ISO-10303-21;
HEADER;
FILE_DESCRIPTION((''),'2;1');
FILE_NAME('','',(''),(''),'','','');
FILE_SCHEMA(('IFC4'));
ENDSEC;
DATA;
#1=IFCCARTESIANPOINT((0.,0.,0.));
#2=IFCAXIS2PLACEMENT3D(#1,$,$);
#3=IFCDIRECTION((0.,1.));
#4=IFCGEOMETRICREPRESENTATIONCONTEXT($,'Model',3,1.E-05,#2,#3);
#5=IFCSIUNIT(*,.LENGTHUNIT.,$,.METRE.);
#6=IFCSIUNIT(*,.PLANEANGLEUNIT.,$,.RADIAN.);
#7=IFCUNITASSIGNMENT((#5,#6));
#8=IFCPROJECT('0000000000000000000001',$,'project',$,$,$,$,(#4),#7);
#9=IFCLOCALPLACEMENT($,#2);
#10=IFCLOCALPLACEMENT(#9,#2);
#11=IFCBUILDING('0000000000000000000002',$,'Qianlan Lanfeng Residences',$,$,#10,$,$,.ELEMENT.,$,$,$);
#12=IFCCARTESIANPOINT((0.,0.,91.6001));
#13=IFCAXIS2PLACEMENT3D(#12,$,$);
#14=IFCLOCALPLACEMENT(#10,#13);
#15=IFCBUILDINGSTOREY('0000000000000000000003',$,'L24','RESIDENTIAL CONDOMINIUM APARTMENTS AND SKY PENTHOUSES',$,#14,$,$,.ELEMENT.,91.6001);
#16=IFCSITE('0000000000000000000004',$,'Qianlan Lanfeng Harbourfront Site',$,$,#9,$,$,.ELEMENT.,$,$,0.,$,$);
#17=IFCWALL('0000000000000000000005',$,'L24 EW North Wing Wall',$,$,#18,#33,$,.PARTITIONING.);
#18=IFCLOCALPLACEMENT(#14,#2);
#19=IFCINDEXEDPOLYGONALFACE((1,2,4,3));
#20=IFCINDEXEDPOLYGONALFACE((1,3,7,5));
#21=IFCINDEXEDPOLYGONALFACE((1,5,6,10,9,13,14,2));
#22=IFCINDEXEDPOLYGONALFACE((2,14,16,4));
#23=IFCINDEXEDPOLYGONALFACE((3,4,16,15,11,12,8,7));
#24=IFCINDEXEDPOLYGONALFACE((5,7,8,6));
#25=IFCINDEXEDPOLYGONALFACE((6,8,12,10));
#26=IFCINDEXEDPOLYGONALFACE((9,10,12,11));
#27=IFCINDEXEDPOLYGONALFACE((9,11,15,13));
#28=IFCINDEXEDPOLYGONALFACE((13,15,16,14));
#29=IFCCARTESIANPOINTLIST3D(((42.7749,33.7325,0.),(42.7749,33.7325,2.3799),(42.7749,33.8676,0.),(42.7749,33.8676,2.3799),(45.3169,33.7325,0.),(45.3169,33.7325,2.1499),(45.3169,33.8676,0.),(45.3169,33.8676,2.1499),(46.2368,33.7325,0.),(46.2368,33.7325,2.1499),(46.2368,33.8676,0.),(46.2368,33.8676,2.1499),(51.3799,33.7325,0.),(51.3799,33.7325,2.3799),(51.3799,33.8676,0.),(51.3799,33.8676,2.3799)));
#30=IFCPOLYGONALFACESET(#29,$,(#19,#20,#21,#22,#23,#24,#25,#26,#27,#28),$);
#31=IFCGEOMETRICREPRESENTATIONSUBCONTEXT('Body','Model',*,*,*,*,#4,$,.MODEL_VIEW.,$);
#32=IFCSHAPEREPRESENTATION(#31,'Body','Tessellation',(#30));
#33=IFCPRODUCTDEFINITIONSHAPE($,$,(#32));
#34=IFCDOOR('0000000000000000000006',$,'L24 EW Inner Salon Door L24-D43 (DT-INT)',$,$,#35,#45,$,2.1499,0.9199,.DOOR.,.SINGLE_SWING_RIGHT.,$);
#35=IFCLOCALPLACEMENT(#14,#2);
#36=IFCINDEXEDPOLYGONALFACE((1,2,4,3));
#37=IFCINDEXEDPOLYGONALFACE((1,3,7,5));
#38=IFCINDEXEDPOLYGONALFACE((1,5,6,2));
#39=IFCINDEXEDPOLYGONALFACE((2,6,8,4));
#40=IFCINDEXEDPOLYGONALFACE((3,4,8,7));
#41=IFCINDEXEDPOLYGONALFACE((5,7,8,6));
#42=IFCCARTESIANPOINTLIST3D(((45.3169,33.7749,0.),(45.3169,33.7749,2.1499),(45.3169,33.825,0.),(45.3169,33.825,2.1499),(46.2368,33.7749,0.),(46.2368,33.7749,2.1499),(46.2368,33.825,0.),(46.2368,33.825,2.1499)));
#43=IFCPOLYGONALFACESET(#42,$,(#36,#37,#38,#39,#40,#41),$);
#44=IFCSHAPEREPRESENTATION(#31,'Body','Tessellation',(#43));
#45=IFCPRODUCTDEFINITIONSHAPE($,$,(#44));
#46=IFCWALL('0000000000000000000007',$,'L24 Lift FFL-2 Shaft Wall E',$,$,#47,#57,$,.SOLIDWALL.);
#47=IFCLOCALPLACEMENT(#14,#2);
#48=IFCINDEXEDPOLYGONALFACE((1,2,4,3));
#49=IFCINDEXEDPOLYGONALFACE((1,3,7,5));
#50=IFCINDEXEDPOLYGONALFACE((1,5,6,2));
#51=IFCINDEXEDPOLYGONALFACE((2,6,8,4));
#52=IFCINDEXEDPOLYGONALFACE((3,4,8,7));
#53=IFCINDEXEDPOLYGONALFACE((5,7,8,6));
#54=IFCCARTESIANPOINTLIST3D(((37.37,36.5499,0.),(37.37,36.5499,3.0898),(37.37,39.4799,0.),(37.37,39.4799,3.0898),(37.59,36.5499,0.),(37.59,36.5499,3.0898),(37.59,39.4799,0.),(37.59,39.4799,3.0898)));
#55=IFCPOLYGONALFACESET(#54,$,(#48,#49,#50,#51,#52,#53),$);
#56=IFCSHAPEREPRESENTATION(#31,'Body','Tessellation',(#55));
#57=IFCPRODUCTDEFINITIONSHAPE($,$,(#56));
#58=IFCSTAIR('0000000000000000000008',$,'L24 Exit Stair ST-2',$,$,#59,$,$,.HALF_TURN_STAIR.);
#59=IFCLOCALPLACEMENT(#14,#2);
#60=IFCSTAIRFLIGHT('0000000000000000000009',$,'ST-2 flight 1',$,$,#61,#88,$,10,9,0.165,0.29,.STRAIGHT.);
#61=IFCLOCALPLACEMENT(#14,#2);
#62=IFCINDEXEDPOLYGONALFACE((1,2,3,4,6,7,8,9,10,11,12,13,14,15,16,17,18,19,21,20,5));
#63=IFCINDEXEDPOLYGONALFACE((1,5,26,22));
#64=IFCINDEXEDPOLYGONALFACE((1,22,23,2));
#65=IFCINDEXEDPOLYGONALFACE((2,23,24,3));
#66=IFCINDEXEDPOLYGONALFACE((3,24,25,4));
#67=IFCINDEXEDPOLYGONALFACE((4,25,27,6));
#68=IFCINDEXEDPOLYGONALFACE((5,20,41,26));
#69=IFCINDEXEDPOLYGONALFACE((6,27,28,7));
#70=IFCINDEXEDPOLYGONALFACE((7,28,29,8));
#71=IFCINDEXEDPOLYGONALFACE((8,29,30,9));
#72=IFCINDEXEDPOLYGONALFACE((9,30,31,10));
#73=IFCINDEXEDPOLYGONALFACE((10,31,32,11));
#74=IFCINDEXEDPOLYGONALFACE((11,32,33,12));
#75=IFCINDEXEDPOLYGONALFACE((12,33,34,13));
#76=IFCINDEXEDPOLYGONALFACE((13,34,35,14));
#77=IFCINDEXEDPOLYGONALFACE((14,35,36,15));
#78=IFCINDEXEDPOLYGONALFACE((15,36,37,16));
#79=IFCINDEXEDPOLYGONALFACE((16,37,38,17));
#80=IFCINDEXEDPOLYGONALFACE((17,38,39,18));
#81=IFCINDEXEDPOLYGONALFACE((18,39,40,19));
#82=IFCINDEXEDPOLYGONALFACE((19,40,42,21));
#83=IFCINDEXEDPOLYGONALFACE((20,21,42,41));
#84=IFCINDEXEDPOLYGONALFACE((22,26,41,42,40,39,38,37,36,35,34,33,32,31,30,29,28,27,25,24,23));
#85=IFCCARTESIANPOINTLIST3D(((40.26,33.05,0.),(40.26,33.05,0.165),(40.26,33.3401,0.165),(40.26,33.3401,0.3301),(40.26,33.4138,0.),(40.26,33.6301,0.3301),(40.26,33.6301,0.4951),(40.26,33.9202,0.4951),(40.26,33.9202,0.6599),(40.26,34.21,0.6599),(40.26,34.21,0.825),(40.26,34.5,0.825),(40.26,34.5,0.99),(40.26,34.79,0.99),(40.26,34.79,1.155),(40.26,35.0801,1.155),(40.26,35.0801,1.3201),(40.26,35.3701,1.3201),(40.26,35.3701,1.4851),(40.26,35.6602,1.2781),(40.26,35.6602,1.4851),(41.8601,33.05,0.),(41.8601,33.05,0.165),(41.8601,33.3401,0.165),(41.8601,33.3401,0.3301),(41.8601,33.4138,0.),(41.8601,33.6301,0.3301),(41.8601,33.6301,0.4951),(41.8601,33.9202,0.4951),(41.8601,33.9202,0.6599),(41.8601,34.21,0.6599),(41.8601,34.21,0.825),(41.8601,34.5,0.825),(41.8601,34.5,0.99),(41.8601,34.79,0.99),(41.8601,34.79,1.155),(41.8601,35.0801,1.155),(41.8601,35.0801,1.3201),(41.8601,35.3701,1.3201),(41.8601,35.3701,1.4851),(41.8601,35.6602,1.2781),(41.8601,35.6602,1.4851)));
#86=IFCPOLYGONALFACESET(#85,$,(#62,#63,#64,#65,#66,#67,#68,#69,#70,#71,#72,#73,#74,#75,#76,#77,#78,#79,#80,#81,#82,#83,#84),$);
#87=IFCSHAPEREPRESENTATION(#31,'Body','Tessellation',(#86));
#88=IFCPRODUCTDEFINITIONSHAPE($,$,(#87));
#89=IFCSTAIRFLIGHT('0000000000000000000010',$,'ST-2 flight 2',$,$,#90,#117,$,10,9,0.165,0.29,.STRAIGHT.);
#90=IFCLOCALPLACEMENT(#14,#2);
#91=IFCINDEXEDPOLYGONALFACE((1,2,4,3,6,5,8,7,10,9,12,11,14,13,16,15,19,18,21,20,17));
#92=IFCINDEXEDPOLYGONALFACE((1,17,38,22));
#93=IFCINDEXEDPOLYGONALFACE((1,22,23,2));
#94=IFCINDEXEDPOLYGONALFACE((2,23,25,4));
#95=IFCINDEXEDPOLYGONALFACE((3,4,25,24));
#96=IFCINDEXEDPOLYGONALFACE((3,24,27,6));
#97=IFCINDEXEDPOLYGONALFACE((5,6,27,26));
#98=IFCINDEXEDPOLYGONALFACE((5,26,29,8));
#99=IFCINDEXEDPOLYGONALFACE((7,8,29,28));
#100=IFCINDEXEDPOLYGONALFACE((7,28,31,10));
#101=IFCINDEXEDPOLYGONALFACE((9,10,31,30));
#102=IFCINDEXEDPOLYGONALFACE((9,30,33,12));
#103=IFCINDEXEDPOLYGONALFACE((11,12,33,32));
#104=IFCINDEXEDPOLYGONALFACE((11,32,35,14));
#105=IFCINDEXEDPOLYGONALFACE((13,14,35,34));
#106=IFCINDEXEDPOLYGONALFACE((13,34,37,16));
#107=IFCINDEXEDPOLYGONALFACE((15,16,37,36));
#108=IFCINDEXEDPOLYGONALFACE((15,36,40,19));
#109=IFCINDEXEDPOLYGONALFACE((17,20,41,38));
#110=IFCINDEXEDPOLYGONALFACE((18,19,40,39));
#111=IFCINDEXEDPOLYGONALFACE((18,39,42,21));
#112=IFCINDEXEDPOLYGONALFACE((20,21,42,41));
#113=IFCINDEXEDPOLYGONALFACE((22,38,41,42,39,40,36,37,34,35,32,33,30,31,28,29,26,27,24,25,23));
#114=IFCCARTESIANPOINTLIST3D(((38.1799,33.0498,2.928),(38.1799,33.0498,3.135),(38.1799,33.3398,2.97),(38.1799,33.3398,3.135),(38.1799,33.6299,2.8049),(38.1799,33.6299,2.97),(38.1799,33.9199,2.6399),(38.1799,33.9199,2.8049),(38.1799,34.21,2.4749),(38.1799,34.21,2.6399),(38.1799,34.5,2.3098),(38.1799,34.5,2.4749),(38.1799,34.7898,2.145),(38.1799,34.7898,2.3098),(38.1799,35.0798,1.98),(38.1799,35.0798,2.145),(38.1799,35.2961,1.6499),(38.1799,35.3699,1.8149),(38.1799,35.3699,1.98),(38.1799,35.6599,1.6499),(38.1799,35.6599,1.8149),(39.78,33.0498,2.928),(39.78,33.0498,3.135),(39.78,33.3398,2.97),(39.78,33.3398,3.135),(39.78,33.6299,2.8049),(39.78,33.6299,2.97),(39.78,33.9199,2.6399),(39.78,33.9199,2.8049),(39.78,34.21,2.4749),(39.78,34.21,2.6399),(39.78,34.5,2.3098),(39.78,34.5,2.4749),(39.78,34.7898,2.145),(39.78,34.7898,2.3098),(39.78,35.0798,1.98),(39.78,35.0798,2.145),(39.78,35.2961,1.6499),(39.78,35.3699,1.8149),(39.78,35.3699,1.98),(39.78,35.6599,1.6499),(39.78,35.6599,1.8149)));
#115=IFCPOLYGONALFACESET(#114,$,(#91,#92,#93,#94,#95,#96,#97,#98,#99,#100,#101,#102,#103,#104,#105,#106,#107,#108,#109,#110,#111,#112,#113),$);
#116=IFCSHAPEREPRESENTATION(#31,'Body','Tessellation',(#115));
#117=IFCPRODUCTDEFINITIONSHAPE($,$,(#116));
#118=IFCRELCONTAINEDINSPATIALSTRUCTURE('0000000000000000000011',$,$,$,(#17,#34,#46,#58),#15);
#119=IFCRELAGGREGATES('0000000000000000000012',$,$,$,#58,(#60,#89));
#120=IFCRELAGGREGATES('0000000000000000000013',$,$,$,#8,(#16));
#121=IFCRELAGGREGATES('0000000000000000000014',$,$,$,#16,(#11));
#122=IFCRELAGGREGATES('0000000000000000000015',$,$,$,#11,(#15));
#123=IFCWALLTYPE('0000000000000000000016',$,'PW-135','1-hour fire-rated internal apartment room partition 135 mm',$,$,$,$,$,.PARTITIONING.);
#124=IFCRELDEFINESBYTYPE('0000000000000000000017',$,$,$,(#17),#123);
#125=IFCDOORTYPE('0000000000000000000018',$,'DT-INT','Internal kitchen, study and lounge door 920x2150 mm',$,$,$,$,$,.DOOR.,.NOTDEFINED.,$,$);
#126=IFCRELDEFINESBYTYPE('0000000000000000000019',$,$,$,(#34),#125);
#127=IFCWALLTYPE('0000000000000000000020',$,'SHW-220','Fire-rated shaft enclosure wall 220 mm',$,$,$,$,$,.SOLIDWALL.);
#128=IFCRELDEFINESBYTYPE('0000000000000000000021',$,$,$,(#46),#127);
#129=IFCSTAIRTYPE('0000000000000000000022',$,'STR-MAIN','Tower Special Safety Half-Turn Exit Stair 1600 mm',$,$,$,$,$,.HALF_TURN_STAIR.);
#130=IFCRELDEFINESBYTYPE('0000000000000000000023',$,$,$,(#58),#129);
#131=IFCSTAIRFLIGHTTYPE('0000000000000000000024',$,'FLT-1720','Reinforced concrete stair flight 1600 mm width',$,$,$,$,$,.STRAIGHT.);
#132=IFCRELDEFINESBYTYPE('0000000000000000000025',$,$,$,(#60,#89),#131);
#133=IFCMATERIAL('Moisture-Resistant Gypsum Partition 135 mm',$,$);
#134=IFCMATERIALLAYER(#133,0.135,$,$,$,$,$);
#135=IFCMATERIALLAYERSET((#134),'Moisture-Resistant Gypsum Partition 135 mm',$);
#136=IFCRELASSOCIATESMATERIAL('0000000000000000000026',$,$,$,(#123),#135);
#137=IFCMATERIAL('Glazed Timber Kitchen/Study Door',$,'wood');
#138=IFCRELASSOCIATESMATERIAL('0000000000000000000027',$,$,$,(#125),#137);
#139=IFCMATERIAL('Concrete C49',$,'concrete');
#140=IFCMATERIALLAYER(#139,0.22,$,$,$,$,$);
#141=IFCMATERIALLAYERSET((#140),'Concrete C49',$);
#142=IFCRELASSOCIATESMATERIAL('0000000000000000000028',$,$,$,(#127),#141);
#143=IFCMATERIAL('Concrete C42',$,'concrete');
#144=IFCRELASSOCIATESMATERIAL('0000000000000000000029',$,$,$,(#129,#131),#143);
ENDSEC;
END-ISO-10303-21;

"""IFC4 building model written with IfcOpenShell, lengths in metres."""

from ifc_helpers import new_model, si_unit, direction, frame, frame_2d, origin, place, context, subcontext, project, spatial, polyline, rectangle, outline, extrude, material, layer, layer_set, type_object, element, fill, aggregate, save


model = new_model("IFC4")

# Units and contexts
model_context = context("Model", 3, precision=1e-05, world=origin(), true_north=direction((0.0, 1.0)))
body_context = subcontext(model_context, "Body", "Model", "MODEL_VIEW")
ifc_project = project(units=[si_unit("LENGTHUNIT", "METRE"), si_unit("PLANEANGLEUNIT", "RADIAN")], contexts=[model_context])

# Site, building, storey
site_placement = place(None, origin())
site = spatial("IfcSite", under=ifc_project, at=site_placement, Name="Qianlan Lanfeng Harbourfront Site", CompositionType="ELEMENT", RefElevation=0.0)
building_placement = place(site_placement, origin())
building = spatial("IfcBuilding", under=site, at=building_placement, Name="Qianlan Lanfeng Residences", CompositionType="ELEMENT")
storey_placement = place(building_placement, frame((0.0, 0.0, 91.6001)))
storey = spatial("IfcBuildingStorey", under=building, at=storey_placement, Name="L24", Description="RESIDENTIAL CONDOMINIUM APARTMENTS AND SKY PENTHOUSES", CompositionType="ELEMENT", Elevation=91.6001)

# Shared definitions
ifc_material_1 = material(Name="Concrete C42", Category="concrete")

# Wall, opening, door
ifc_material_2 = material(Name="Moisture-Resistant Gypsum Partition 135 mm")
ifc_layer_1 = layer(ifc_material_2, 0.135)
ifc_layer_set_1 = layer_set([ifc_layer_1], Name="Moisture-Resistant Gypsum Partition 135 mm")
wall_type_1 = type_object("IfcWallType", Name="PW-135", Description="1-hour fire-rated internal apartment room partition 135 mm", PredefinedType="PARTITIONING", material=ifc_layer_set_1)
wall_1_placement = place(storey_placement, frame((42.7749, 33.8, 0.0), z_axis=(0.0, 0.0, 1.0), x_axis=(1.0, 0.0, 0.0)))
wall_1 = element("IfcWall", 1, at=wall_1_placement, inside=storey, type_object=wall_type_1, Name="L24 EW North Wing Wall", PredefinedType="PARTITIONING", context=body_context, shape_type="SweptSolid", body=[
    extrude(rectangle(XDim=8.605, YDim=0.135, at=frame_2d((4.3025, 0.0))), origin(), (0.0, 0.0, 1.0), 2.3799),
])
opening_1_placement = place(wall_1_placement, frame((2.542, 0.0, 0.0)))
opening_1 = element("IfcOpeningElement", 2, at=opening_1_placement, cuts=wall_1, PredefinedType="OPENING", context=body_context, shape_type="SweptSolid", body=[
    extrude(rectangle(XDim=0.9199, YDim=2.1499, at=frame_2d((0.46, 1.075))), frame((0.0, 0.0776, 0.0), z_axis=(0.0, -1.0, 0.0), x_axis=(1.0, 0.0, 0.0)), (0.0, 0.0, 1.0), 0.155),
])
ifc_material_3 = material(Name="Glazed Timber Kitchen/Study Door", Category="wood")
door_type_1 = type_object("IfcDoorType", Name="DT-INT", Description="Internal kitchen, study and lounge door 920x2150 mm", OperationType="NOTDEFINED", PredefinedType="DOOR", material=ifc_material_3)
door_1_placement = place(opening_1_placement, origin())
door_1 = element("IfcDoor", 3, at=door_1_placement, inside=storey, type_object=door_type_1, Name="L24 EW Inner Salon Door L24-D43 (DT-INT)", OperationType="SINGLE_SWING_RIGHT", OverallHeight=2.1499, OverallWidth=0.9199, PredefinedType="DOOR", context=body_context, shape_type="SweptSolid", body=[
    extrude(rectangle(XDim=0.9199, YDim=2.1499, at=frame_2d((0.46, 1.075))), frame((0.0, 0.0249, 0.0), z_axis=(0.0, -1.0, 0.0), x_axis=(1.0, 0.0, 0.0)), (0.0, 0.0, 1.0), 0.05),
])
fill(opening_1, door_1)

# Wall
ifc_material_4 = material(Name="Concrete C49", Category="concrete")
ifc_layer_2 = layer(ifc_material_4, 0.22)
ifc_layer_set_2 = layer_set([ifc_layer_2], Name="Concrete C49")
wall_type_2 = type_object("IfcWallType", Name="SHW-220", Description="Fire-rated shaft enclosure wall 220 mm", PredefinedType="SOLIDWALL", material=ifc_layer_set_2)
wall_2_placement = place(storey_placement, frame((37.48, 36.55, 0.0), z_axis=(0.0, 0.0, 1.0), x_axis=(0.0, 1.0, 0.0)))
element("IfcWall", 4, at=wall_2_placement, inside=storey, type_object=wall_type_2, Name="L24 Lift FFL-2 Shaft Wall E", PredefinedType="SOLIDWALL", context=body_context, shape_type="SweptSolid", body=[
    extrude(rectangle(XDim=2.9299, YDim=0.22, at=frame_2d((1.4648, 0.0))), origin(), (0.0, 0.0, 1.0), 3.0898),
])

# Stair, stair flights
stair_type = type_object("IfcStairType", Name="STR-MAIN", Description="Tower Special Safety Half-Turn Exit Stair 1600 mm", PredefinedType="HALF_TURN_STAIR", material=ifc_material_1)
stair_placement = place(storey_placement, origin())
stair = element("IfcStair", 5, at=stair_placement, inside=storey, type_object=stair_type, Name="L24 Exit Stair ST-2", PredefinedType="HALF_TURN_STAIR")
stair_flight_type = type_object("IfcStairFlightType", Name="FLT-1720", Description="Reinforced concrete stair flight 1600 mm width", PredefinedType="STRAIGHT", material=ifc_material_1)
stair_flight_1_placement = place(storey_placement, frame((41.0601, 33.05, 0.0), z_axis=(0.0, 0.0, 1.0), x_axis=(0.0, 1.0, 0.0)))
stair_flight_1 = element("IfcStairFlight", 6, at=stair_flight_1_placement, type_object=stair_flight_type, Name="ST-2 flight 1", NumberOfRisers=10, NumberOfTreads=9, PredefinedType="STRAIGHT", RiserHeight=0.165, TreadLength=0.29, context=body_context, shape_type="SweptSolid", body=[
    extrude(outline(polyline([(0.0, 0.0), (0.0, 0.165), (0.29, 0.165), (0.29, 0.3301), (0.5801, 0.3301), (0.5801, 0.4951), (0.8701, 0.4951), (0.8701, 0.6599), (1.1599, 0.6599), (1.1599, 0.825), (1.45, 0.825), (1.45, 0.99), (1.74, 0.99), (1.74, 1.155), (2.03, 1.155), (2.03, 1.3201), (2.3201, 1.3201), (2.3201, 1.4851), (2.6101, 1.4851), (2.6101, 1.6499), (2.6101, 1.2781), (0.3638, 0.0), (0.0, 0.0)])), frame((0.0, 0.8, 0.0), z_axis=(0.0, -1.0, 0.0), x_axis=(1.0, 0.0, 0.0)), (0.0, 0.0, 1.0), 1.6001),
])
stair_flight_2_placement = place(storey_placement, frame((38.98, 35.6599, 1.6499), z_axis=(0.0, 0.0, 1.0), x_axis=(0.0, -1.0, 0.0)))
stair_flight_2 = element("IfcStairFlight", 7, at=stair_flight_2_placement, type_object=stair_flight_type, Name="ST-2 flight 2", NumberOfRisers=10, NumberOfTreads=9, PredefinedType="STRAIGHT", RiserHeight=0.165, TreadLength=0.29, context=body_context, shape_type="SweptSolid", body=[
    extrude(outline(polyline([(0.0, 0.0), (0.0, 0.165), (0.29, 0.165), (0.29, 0.3301), (0.5801, 0.3301), (0.5801, 0.4951), (0.8701, 0.4951), (0.8701, 0.6599), (1.1599, 0.6599), (1.1599, 0.825), (1.45, 0.825), (1.45, 0.99), (1.74, 0.99), (1.74, 1.155), (2.03, 1.155), (2.03, 1.3201), (2.3201, 1.3201), (2.3201, 1.4851), (2.6101, 1.4851), (2.6101, 1.6499), (2.6101, 1.2781), (0.3638, 0.0), (0.0, 0.0)])), frame((0.0, 0.8, 0.0), z_axis=(0.0, -1.0, 0.0), x_axis=(1.0, 0.0, 0.0)), (0.0, 0.0, 1.0), 1.6001),
])
aggregate(stair, [stair_flight_1, stair_flight_2])

save(model, "model.ifc")
